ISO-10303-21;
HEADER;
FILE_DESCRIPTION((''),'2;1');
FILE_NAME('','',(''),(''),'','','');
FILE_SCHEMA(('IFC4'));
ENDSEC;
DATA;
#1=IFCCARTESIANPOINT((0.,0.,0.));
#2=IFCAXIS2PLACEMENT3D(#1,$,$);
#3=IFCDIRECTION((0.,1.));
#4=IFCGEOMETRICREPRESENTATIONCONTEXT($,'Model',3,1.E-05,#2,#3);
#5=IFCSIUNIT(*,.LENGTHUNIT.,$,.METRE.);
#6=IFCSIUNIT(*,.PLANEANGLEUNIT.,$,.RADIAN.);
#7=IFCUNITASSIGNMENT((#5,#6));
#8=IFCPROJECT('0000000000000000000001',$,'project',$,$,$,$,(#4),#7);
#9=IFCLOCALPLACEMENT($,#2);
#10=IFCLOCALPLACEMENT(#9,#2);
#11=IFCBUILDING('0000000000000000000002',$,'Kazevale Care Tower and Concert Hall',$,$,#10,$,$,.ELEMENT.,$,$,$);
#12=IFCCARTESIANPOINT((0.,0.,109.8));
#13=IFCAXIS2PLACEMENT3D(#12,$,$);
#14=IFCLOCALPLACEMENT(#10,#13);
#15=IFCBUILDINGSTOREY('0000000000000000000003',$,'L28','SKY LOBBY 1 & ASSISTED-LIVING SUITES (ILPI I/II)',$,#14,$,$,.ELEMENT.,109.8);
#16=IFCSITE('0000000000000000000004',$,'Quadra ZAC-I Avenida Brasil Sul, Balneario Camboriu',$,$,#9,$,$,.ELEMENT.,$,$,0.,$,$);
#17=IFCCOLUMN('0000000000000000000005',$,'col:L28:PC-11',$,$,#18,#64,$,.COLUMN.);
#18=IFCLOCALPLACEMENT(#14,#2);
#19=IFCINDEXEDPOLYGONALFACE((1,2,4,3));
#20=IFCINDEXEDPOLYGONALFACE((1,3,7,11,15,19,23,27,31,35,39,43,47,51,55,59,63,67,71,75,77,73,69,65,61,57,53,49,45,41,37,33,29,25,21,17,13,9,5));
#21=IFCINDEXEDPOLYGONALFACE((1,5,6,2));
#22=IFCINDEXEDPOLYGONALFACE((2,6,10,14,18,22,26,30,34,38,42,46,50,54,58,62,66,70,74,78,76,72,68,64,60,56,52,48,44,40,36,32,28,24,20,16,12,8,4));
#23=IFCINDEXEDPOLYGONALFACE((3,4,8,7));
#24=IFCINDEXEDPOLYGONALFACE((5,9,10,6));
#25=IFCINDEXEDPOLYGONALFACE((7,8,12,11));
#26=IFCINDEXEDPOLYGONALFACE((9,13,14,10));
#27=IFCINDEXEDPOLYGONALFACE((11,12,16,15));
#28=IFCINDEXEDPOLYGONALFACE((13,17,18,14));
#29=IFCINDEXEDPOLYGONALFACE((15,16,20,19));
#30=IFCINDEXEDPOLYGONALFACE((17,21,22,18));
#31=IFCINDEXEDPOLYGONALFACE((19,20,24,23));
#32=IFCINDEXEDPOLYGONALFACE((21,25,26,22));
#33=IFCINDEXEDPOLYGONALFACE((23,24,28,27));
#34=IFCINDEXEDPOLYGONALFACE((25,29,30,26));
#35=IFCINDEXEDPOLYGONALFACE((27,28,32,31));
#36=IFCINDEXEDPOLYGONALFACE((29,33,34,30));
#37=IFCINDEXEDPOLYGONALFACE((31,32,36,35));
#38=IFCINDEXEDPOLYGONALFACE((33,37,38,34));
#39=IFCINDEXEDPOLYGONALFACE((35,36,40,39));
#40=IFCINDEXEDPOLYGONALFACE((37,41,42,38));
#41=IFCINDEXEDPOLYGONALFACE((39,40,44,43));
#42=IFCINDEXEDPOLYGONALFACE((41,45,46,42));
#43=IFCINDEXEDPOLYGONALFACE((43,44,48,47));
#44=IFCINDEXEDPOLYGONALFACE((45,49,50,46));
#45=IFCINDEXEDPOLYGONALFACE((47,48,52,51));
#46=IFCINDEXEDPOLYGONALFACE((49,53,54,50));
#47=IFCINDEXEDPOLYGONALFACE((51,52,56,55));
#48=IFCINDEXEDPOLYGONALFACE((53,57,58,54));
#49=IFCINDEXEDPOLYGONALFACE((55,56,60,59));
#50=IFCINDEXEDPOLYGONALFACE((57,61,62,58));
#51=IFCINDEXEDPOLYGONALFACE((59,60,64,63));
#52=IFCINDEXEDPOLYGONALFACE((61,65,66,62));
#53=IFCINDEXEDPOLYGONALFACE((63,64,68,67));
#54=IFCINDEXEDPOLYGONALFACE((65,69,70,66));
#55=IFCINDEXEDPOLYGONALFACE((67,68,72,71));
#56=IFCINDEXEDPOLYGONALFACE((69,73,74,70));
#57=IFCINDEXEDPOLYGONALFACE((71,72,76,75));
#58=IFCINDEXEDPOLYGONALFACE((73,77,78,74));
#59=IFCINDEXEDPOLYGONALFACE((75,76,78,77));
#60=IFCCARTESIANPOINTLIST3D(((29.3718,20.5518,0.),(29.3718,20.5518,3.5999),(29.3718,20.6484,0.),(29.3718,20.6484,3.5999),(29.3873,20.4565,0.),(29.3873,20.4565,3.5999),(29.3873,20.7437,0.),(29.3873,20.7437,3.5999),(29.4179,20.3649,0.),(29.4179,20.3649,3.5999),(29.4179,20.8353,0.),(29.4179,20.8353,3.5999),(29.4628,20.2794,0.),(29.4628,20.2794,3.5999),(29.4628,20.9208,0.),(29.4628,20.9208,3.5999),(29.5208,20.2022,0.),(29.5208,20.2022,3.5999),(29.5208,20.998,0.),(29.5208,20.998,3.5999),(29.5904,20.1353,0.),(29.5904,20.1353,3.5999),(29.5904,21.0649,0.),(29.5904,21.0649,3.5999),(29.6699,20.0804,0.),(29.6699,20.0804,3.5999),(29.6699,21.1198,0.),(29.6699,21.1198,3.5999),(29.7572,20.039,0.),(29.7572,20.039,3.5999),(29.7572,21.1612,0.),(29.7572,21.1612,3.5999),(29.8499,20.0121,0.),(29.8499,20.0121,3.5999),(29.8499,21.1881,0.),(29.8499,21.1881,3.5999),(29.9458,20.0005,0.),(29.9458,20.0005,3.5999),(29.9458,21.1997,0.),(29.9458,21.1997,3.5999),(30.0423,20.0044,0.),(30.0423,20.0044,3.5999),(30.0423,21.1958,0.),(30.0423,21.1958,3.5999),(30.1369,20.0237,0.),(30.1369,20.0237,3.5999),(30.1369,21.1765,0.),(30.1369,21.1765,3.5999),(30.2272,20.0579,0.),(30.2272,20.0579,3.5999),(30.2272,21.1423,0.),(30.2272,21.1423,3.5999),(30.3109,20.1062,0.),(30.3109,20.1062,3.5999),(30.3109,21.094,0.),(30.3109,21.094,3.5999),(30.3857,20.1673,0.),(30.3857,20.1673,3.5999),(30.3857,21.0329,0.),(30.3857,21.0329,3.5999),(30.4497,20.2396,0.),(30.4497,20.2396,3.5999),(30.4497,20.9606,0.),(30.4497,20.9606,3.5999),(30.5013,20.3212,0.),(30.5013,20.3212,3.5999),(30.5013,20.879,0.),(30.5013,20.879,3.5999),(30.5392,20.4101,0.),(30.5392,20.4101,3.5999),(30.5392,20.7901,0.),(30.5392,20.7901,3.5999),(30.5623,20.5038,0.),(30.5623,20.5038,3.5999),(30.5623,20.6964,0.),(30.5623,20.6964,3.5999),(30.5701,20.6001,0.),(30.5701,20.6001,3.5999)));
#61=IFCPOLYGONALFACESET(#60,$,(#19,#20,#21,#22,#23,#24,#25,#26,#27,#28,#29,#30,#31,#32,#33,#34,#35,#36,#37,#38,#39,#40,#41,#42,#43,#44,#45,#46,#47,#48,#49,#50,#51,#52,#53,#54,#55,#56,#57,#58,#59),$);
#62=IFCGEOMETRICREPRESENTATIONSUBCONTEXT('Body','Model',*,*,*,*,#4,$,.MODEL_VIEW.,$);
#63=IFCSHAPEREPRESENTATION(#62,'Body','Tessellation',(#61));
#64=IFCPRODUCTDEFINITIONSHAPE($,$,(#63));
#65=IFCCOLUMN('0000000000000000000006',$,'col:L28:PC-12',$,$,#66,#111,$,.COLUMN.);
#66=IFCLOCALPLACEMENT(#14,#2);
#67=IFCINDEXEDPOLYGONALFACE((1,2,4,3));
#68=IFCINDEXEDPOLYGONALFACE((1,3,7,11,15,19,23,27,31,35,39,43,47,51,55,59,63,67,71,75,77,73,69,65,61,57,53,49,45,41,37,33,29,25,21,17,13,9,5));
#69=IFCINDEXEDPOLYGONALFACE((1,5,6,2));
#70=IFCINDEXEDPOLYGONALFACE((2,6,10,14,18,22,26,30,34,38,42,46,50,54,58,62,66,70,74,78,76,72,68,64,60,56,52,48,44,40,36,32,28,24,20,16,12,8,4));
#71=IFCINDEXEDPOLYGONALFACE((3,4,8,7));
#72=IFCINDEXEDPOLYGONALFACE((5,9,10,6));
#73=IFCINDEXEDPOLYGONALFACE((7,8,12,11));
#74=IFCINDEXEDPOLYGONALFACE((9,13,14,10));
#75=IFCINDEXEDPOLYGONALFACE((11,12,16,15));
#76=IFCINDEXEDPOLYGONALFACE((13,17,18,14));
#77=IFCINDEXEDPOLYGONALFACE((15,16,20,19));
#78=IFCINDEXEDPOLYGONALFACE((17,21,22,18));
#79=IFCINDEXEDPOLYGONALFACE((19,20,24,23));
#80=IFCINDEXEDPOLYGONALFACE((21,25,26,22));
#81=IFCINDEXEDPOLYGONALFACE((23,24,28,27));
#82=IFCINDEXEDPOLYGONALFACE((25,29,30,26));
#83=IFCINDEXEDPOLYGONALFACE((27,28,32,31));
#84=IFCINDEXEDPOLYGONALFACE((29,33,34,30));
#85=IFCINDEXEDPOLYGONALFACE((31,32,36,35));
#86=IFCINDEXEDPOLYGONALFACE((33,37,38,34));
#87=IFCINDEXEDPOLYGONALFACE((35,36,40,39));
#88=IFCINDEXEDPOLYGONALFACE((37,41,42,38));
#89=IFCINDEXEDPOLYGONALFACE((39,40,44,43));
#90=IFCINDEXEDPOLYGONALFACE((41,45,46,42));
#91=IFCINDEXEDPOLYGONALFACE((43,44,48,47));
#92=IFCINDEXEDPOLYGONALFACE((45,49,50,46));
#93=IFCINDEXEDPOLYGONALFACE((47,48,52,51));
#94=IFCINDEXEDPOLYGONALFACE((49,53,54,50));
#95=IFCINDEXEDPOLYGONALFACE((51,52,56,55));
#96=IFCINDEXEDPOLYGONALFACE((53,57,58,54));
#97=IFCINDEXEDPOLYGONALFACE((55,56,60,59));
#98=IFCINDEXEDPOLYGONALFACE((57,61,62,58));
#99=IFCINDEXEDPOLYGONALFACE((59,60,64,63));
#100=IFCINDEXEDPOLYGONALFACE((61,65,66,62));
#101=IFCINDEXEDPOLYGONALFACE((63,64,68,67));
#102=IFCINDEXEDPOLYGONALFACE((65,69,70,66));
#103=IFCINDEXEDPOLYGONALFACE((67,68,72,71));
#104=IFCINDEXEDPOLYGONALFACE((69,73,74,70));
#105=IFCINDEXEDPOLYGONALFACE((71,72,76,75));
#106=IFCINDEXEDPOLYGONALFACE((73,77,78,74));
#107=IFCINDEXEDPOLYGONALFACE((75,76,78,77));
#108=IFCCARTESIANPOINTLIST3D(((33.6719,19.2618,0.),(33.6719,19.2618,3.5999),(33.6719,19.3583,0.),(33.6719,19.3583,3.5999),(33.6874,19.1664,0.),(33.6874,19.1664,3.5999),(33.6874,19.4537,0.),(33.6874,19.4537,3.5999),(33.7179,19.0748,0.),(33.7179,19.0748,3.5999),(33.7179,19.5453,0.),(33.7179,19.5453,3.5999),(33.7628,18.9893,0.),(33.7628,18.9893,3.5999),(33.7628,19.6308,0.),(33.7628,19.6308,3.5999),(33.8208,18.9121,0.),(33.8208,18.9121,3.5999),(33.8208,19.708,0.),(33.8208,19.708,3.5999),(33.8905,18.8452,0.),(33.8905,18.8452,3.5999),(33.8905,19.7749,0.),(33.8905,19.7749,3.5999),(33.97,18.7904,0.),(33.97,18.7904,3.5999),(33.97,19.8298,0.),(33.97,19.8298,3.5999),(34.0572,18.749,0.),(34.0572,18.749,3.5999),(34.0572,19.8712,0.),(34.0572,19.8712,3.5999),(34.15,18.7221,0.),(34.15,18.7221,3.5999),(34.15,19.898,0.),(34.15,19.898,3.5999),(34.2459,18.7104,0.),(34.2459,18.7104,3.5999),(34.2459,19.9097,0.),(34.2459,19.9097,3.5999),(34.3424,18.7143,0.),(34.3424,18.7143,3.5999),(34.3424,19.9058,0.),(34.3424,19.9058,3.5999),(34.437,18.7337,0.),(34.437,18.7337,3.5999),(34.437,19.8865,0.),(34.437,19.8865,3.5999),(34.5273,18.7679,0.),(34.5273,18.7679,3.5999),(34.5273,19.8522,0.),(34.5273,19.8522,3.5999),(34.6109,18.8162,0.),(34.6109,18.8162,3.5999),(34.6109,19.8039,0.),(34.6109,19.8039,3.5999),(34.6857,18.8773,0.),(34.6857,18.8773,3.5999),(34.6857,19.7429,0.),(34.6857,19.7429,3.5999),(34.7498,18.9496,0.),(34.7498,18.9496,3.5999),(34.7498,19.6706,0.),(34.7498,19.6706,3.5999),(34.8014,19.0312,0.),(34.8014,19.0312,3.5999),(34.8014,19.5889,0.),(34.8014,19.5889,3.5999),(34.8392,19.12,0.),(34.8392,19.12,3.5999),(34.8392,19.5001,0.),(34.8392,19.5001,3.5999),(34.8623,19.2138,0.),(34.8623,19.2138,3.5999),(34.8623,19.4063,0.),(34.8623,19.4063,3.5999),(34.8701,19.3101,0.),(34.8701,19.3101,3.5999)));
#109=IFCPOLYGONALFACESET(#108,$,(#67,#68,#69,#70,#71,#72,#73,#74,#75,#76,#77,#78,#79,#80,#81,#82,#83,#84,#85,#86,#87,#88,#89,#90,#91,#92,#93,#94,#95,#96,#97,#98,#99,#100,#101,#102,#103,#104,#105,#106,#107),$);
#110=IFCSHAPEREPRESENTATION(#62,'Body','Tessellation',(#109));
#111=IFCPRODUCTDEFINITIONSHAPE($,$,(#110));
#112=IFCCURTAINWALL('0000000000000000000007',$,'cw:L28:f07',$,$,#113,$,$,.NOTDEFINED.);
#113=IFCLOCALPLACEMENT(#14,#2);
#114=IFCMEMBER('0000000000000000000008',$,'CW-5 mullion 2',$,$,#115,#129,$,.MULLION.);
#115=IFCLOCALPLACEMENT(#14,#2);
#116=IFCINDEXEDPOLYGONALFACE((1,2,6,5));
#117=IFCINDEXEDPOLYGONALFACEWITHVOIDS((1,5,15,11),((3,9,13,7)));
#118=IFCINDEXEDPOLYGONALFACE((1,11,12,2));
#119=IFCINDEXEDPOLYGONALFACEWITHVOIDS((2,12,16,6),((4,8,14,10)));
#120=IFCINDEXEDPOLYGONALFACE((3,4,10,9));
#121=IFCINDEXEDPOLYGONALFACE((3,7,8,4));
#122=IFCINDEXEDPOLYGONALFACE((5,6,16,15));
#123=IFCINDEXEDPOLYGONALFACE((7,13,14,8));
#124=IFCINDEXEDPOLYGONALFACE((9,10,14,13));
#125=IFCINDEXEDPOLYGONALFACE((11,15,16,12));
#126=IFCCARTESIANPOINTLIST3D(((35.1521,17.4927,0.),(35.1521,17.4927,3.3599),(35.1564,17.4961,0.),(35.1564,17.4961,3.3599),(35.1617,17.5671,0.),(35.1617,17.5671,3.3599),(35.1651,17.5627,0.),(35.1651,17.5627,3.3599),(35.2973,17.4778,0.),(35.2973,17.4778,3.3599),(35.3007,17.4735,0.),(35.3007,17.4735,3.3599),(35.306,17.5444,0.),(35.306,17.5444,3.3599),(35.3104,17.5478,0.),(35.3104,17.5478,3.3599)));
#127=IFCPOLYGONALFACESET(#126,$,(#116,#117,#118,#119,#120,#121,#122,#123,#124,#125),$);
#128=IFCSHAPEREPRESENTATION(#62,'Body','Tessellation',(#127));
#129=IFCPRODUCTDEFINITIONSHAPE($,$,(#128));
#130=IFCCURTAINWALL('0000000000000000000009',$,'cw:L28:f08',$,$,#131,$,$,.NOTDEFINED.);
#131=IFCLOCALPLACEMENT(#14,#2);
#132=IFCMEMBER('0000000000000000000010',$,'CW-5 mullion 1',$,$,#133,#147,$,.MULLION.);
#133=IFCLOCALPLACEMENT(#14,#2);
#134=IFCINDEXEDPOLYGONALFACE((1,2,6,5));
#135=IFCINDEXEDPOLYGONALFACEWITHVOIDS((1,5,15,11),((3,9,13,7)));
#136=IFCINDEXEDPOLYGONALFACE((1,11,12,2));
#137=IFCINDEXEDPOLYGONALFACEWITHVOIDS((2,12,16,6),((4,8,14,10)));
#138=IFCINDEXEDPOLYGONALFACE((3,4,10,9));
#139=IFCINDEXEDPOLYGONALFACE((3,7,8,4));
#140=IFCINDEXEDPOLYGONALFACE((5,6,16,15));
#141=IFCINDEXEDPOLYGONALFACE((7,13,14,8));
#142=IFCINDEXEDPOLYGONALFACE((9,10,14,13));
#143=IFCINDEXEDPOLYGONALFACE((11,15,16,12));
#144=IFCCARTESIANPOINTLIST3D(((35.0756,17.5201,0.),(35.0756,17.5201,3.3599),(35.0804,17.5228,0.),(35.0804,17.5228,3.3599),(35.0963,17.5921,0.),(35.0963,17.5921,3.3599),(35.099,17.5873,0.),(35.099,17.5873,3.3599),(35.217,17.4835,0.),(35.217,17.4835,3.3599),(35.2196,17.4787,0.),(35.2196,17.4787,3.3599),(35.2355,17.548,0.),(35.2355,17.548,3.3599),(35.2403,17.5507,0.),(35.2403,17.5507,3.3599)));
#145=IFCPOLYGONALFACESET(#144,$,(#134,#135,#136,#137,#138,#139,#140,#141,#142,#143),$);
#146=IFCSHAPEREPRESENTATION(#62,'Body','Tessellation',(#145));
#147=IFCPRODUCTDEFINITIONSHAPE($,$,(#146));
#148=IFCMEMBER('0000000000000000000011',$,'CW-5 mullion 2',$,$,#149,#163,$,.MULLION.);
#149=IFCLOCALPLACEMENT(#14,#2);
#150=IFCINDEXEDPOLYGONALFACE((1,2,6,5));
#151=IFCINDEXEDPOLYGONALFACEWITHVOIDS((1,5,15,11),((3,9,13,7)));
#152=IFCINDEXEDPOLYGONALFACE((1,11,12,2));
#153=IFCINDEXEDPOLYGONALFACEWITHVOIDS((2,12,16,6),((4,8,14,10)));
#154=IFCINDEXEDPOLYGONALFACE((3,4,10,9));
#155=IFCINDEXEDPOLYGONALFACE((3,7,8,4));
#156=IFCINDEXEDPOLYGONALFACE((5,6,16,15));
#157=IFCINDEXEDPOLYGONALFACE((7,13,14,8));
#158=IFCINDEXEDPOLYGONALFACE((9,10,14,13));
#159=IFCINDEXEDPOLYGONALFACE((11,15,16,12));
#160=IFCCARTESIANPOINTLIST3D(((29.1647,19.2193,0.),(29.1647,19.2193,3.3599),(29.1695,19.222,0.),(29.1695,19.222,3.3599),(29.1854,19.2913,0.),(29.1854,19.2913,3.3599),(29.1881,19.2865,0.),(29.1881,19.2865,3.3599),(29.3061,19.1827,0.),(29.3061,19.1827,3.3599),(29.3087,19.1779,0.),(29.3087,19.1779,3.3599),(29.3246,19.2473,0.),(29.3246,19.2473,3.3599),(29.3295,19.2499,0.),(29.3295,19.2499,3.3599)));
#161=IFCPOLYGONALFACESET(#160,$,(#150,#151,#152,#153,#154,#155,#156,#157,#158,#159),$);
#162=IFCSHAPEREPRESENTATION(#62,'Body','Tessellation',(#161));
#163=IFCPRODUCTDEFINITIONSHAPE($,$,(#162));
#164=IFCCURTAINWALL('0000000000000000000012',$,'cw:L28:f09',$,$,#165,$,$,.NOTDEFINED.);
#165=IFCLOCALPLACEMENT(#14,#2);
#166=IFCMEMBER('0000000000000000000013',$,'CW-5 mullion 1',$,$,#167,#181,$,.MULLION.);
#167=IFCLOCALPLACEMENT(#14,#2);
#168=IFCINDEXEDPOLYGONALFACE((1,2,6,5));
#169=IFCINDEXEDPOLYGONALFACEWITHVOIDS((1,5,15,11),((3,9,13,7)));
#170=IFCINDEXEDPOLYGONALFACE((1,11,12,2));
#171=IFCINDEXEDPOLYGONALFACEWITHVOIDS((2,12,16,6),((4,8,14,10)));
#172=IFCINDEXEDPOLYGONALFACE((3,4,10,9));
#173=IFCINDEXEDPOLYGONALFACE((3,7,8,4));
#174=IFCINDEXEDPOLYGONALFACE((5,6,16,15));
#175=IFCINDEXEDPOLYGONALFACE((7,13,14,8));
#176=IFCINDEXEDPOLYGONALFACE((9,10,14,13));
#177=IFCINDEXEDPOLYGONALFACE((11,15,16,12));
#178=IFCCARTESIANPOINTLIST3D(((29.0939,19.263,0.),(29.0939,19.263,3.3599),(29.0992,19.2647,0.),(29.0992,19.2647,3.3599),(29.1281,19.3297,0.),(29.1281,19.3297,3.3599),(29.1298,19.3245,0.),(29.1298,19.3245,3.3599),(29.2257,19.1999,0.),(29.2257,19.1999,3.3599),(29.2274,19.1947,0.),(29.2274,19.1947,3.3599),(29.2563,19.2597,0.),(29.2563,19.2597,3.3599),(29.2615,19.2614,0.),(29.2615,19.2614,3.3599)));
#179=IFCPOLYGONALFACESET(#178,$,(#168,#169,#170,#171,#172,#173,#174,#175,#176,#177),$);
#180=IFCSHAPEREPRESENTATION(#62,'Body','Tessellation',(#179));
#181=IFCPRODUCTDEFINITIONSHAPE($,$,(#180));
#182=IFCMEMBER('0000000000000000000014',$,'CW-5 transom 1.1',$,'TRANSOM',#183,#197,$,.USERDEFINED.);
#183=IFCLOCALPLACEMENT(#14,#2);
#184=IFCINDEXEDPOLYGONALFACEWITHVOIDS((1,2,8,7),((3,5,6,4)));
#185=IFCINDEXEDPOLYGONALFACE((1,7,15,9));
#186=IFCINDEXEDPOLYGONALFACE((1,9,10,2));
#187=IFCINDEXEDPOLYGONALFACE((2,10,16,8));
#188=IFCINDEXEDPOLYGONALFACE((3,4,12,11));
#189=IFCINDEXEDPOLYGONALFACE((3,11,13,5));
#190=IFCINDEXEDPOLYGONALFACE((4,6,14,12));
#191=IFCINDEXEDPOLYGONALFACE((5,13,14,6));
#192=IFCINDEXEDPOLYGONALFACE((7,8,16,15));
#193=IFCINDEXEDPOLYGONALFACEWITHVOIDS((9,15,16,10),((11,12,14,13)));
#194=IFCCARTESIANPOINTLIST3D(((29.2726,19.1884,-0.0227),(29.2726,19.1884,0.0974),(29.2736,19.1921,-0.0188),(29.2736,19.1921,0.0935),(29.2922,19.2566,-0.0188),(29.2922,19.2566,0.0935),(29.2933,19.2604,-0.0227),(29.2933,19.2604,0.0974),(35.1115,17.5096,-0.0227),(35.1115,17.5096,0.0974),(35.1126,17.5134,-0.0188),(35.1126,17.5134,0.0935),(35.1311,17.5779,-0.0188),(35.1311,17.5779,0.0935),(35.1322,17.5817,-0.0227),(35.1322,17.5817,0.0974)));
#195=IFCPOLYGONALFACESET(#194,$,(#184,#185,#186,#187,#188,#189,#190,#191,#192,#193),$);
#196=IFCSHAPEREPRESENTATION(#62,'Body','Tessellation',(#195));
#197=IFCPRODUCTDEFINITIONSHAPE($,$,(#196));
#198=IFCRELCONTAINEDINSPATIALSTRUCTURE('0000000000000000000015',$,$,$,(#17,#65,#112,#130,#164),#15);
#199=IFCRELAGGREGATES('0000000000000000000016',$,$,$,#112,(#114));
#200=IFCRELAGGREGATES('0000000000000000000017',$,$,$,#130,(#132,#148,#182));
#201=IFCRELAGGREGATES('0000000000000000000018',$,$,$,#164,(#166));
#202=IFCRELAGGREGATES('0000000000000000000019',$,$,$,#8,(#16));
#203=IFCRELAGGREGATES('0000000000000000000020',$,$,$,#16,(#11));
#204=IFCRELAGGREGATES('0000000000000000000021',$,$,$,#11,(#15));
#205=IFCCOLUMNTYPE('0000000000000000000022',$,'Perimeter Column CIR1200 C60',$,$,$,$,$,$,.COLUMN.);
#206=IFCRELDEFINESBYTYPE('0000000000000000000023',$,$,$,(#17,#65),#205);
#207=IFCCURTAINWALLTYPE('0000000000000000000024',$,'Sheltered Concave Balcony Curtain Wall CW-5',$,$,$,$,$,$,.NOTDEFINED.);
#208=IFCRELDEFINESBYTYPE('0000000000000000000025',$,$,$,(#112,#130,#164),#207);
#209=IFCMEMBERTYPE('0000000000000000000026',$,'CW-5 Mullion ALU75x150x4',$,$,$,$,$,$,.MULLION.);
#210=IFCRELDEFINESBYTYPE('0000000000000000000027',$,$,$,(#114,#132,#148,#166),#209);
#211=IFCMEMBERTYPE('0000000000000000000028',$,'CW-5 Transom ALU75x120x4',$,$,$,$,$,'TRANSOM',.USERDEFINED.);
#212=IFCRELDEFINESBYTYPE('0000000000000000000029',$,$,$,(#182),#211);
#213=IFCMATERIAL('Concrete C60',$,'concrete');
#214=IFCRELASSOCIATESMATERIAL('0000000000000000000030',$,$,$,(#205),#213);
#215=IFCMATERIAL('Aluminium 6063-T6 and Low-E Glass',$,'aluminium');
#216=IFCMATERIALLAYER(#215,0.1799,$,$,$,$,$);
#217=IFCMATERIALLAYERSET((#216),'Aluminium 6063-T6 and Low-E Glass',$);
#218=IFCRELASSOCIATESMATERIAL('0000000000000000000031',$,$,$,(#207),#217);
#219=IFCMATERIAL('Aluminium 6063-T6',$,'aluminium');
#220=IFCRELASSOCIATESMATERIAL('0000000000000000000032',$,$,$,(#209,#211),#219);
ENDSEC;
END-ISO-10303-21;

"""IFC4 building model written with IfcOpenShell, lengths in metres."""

from ifc_helpers import new_model, si_unit, direction, frame, origin, origin_2d, place, context, subcontext, project, spatial, hollow_rectangle, circle, extrude, material, layer, layer_set, material_profile, profile_set, type_object, element, aggregate, save


model = new_model("IFC4")

# Units and contexts
model_context = context("Model", 3, precision=1e-05, world=origin(), true_north=direction((0.0, 1.0)))
body_context = subcontext(model_context, "Body", "Model", "MODEL_VIEW")
ifc_project = project(units=[si_unit("LENGTHUNIT", "METRE"), si_unit("PLANEANGLEUNIT", "RADIAN")], contexts=[model_context])

# Site, building, storey
site_placement = place(None, origin())
site = spatial("IfcSite", under=ifc_project, at=site_placement, Name="Quadra ZAC-I Avenida Brasil Sul, Balneario Camboriu", CompositionType="ELEMENT", RefElevation=0.0)
building_placement = place(site_placement, origin())
building = spatial("IfcBuilding", under=site, at=building_placement, Name="Kazevale Care Tower and Concert Hall", CompositionType="ELEMENT")
storey_placement = place(building_placement, frame((0.0, 0.0, 109.8)))
storey = spatial("IfcBuildingStorey", under=building, at=storey_placement, Name="L28", Description="SKY LOBBY 1 & ASSISTED-LIVING SUITES (ILPI I/II)", CompositionType="ELEMENT", Elevation=109.8)

# Columns
ifc_material_1 = material(Name="Concrete C60", Category="concrete")
ifc_material_profile_1 = material_profile(ifc_material_1, circle(Radius=0.6001, at=origin_2d()), Name="RC-CIR1200")
ifc_profile_set_1 = profile_set([ifc_material_profile_1], Name="Concrete C60")
column_type = type_object("IfcColumnType", Name="Perimeter Column CIR1200 C60", PredefinedType="COLUMN", material=ifc_profile_set_1)
for number, where, z_axis, x_axis, name in (
    (1, (29.97, 20.6001, 0.0), (0.0, 0.0, 1.0), (1.0, 0.0, 0.0), "col:L28:PC-11"),
    (2, (34.27, 19.3101, 0.0), (0.0, 0.0, 1.0), (1.0, 0.0, 0.0), "col:L28:PC-12"),
):
    element("IfcColumn", number, at=place(storey_placement, frame(where, z_axis=z_axis, x_axis=x_axis)), inside=storey, type_object=column_type, Name=name, PredefinedType="COLUMN", context=body_context, shape_type="SweptSolid", body=[
        extrude(circle(Radius=0.6001, at=origin_2d()), origin(), (0.0, 0.0, 1.0), 3.5999),
    ])

# Curtain wall, member
ifc_material_2 = material(Name="Aluminium 6063-T6 and Low-E Glass", Category="aluminium")
ifc_layer_1 = layer(ifc_material_2, 0.1799)
ifc_layer_set_1 = layer_set([ifc_layer_1], Name="Aluminium 6063-T6 and Low-E Glass")
curtain_wall_type = type_object("IfcCurtainWallType", Name="Sheltered Concave Balcony Curtain Wall CW-5", PredefinedType="NOTDEFINED", material=ifc_layer_set_1)
curtain_wall_1_placement = place(storey_placement, origin())
curtain_wall_1 = element("IfcCurtainWall", 3, at=curtain_wall_1_placement, inside=storey, type_object=curtain_wall_type, Name="cw:L28:f07", PredefinedType="NOTDEFINED")
ifc_material_3 = material(Name="Aluminium 6063-T6", Category="aluminium")
ifc_material_profile_2 = material_profile(ifc_material_3, hollow_rectangle(XDim=0.075, YDim=0.1499, WallThickness=0.0039, at=origin_2d()), Name="ALU75x150x4")
ifc_profile_set_2 = profile_set([ifc_material_profile_2], Name="Aluminium 6063-T6")
member_type_1 = type_object("IfcMemberType", Name="CW-5 Mullion ALU75x150x4", PredefinedType="MULLION", material=ifc_profile_set_2)
member_1_placement = place(storey_placement, frame((35.2312, 17.5203, 0.0), z_axis=(0.0, 0.0, 1.0), x_axis=(-0.128685, -0.991686, 0.0)))
member_1 = element("IfcMember", 4, at=member_1_placement, type_object=member_type_1, Name="CW-5 mullion 2", PredefinedType="MULLION", context=body_context, shape_type="SweptSolid", body=[
    extrude(hollow_rectangle(XDim=0.075, YDim=0.1499, WallThickness=0.0039, at=origin_2d()), origin(), (0.0, 0.0, 1.0), 3.3599),
])
aggregate(curtain_wall_1, [member_1])

# Curtain wall, members
curtain_wall_2_placement = place(storey_placement, origin())
curtain_wall_2 = element("IfcCurtainWall", 5, at=curtain_wall_2_placement, inside=storey, type_object=curtain_wall_type, Name="cw:L28:f08", PredefinedType="NOTDEFINED")
member_2_placement = place(storey_placement, frame((35.158, 17.5354, 0.0), z_axis=(0.0, 0.0, 1.0), x_axis=(-0.276291, -0.961074, 0.0)))
member_2 = element("IfcMember", 6, at=member_2_placement, type_object=member_type_1, Name="CW-5 mullion 1", PredefinedType="MULLION", context=body_context, shape_type="SweptSolid", body=[
    extrude(hollow_rectangle(XDim=0.075, YDim=0.1499, WallThickness=0.0039, at=origin_2d()), origin(), (0.0, 0.0, 1.0), 3.3599),
])
member_3_placement = place(storey_placement, frame((29.2471, 19.2346, 0.0), z_axis=(0.0, 0.0, 1.0), x_axis=(-0.276291, -0.961074, 0.0)))
member_3 = element("IfcMember", 7, at=member_3_placement, type_object=member_type_1, Name="CW-5 mullion 2", PredefinedType="MULLION", context=body_context, shape_type="SweptSolid", body=[
    extrude(hollow_rectangle(XDim=0.075, YDim=0.1499, WallThickness=0.0039, at=origin_2d()), origin(), (0.0, 0.0, 1.0), 3.3599),
])

# Curtain wall, member
curtain_wall_3_placement = place(storey_placement, origin())
curtain_wall_3 = element("IfcCurtainWall", 8, at=curtain_wall_3_placement, inside=storey, type_object=curtain_wall_type, Name="cw:L28:f09", PredefinedType="NOTDEFINED")
member_4_placement = place(storey_placement, frame((29.1777, 19.2622, 0.0), z_axis=(0.0, 0.0, 1.0), x_axis=(-0.455713, -0.890127, 0.0)))
member_4 = element("IfcMember", 9, at=member_4_placement, type_object=member_type_1, Name="CW-5 mullion 1", PredefinedType="MULLION", context=body_context, shape_type="SweptSolid", body=[
    extrude(hollow_rectangle(XDim=0.075, YDim=0.1499, WallThickness=0.0039, at=origin_2d()), origin(), (0.0, 0.0, 1.0), 3.3599),
])

# Member
ifc_material_profile_3 = material_profile(ifc_material_3, hollow_rectangle(XDim=0.075, YDim=0.1201, WallThickness=0.0039, at=origin_2d()), Name="ALU75x120x4")
ifc_profile_set_3 = profile_set([ifc_material_profile_3], Name="Aluminium 6063-T6")
member_type_2 = type_object("IfcMemberType", Name="CW-5 Transom ALU75x120x4", ElementType="TRANSOM", PredefinedType="USERDEFINED", material=ifc_profile_set_3)
member_5_placement = place(storey_placement, frame((35.1218, 17.5457, 0.0374), z_axis=(-0.961068, 0.276313, 0.0), x_axis=(-0.276313, -0.961068, 0.0)))
member_5 = element("IfcMember", 10, at=member_5_placement, type_object=member_type_2, Name="CW-5 transom 1.1", ObjectType="TRANSOM", PredefinedType="USERDEFINED", context=body_context, shape_type="SweptSolid", body=[
    extrude(hollow_rectangle(XDim=0.075, YDim=0.1201, WallThickness=0.0039, at=origin_2d()), origin(), (0.0, 0.0, 1.0), 6.0754),
])

aggregate(curtain_wall_2, [member_2, member_3, member_5])
aggregate(curtain_wall_3, [member_4])

save(model, "model.ifc")
